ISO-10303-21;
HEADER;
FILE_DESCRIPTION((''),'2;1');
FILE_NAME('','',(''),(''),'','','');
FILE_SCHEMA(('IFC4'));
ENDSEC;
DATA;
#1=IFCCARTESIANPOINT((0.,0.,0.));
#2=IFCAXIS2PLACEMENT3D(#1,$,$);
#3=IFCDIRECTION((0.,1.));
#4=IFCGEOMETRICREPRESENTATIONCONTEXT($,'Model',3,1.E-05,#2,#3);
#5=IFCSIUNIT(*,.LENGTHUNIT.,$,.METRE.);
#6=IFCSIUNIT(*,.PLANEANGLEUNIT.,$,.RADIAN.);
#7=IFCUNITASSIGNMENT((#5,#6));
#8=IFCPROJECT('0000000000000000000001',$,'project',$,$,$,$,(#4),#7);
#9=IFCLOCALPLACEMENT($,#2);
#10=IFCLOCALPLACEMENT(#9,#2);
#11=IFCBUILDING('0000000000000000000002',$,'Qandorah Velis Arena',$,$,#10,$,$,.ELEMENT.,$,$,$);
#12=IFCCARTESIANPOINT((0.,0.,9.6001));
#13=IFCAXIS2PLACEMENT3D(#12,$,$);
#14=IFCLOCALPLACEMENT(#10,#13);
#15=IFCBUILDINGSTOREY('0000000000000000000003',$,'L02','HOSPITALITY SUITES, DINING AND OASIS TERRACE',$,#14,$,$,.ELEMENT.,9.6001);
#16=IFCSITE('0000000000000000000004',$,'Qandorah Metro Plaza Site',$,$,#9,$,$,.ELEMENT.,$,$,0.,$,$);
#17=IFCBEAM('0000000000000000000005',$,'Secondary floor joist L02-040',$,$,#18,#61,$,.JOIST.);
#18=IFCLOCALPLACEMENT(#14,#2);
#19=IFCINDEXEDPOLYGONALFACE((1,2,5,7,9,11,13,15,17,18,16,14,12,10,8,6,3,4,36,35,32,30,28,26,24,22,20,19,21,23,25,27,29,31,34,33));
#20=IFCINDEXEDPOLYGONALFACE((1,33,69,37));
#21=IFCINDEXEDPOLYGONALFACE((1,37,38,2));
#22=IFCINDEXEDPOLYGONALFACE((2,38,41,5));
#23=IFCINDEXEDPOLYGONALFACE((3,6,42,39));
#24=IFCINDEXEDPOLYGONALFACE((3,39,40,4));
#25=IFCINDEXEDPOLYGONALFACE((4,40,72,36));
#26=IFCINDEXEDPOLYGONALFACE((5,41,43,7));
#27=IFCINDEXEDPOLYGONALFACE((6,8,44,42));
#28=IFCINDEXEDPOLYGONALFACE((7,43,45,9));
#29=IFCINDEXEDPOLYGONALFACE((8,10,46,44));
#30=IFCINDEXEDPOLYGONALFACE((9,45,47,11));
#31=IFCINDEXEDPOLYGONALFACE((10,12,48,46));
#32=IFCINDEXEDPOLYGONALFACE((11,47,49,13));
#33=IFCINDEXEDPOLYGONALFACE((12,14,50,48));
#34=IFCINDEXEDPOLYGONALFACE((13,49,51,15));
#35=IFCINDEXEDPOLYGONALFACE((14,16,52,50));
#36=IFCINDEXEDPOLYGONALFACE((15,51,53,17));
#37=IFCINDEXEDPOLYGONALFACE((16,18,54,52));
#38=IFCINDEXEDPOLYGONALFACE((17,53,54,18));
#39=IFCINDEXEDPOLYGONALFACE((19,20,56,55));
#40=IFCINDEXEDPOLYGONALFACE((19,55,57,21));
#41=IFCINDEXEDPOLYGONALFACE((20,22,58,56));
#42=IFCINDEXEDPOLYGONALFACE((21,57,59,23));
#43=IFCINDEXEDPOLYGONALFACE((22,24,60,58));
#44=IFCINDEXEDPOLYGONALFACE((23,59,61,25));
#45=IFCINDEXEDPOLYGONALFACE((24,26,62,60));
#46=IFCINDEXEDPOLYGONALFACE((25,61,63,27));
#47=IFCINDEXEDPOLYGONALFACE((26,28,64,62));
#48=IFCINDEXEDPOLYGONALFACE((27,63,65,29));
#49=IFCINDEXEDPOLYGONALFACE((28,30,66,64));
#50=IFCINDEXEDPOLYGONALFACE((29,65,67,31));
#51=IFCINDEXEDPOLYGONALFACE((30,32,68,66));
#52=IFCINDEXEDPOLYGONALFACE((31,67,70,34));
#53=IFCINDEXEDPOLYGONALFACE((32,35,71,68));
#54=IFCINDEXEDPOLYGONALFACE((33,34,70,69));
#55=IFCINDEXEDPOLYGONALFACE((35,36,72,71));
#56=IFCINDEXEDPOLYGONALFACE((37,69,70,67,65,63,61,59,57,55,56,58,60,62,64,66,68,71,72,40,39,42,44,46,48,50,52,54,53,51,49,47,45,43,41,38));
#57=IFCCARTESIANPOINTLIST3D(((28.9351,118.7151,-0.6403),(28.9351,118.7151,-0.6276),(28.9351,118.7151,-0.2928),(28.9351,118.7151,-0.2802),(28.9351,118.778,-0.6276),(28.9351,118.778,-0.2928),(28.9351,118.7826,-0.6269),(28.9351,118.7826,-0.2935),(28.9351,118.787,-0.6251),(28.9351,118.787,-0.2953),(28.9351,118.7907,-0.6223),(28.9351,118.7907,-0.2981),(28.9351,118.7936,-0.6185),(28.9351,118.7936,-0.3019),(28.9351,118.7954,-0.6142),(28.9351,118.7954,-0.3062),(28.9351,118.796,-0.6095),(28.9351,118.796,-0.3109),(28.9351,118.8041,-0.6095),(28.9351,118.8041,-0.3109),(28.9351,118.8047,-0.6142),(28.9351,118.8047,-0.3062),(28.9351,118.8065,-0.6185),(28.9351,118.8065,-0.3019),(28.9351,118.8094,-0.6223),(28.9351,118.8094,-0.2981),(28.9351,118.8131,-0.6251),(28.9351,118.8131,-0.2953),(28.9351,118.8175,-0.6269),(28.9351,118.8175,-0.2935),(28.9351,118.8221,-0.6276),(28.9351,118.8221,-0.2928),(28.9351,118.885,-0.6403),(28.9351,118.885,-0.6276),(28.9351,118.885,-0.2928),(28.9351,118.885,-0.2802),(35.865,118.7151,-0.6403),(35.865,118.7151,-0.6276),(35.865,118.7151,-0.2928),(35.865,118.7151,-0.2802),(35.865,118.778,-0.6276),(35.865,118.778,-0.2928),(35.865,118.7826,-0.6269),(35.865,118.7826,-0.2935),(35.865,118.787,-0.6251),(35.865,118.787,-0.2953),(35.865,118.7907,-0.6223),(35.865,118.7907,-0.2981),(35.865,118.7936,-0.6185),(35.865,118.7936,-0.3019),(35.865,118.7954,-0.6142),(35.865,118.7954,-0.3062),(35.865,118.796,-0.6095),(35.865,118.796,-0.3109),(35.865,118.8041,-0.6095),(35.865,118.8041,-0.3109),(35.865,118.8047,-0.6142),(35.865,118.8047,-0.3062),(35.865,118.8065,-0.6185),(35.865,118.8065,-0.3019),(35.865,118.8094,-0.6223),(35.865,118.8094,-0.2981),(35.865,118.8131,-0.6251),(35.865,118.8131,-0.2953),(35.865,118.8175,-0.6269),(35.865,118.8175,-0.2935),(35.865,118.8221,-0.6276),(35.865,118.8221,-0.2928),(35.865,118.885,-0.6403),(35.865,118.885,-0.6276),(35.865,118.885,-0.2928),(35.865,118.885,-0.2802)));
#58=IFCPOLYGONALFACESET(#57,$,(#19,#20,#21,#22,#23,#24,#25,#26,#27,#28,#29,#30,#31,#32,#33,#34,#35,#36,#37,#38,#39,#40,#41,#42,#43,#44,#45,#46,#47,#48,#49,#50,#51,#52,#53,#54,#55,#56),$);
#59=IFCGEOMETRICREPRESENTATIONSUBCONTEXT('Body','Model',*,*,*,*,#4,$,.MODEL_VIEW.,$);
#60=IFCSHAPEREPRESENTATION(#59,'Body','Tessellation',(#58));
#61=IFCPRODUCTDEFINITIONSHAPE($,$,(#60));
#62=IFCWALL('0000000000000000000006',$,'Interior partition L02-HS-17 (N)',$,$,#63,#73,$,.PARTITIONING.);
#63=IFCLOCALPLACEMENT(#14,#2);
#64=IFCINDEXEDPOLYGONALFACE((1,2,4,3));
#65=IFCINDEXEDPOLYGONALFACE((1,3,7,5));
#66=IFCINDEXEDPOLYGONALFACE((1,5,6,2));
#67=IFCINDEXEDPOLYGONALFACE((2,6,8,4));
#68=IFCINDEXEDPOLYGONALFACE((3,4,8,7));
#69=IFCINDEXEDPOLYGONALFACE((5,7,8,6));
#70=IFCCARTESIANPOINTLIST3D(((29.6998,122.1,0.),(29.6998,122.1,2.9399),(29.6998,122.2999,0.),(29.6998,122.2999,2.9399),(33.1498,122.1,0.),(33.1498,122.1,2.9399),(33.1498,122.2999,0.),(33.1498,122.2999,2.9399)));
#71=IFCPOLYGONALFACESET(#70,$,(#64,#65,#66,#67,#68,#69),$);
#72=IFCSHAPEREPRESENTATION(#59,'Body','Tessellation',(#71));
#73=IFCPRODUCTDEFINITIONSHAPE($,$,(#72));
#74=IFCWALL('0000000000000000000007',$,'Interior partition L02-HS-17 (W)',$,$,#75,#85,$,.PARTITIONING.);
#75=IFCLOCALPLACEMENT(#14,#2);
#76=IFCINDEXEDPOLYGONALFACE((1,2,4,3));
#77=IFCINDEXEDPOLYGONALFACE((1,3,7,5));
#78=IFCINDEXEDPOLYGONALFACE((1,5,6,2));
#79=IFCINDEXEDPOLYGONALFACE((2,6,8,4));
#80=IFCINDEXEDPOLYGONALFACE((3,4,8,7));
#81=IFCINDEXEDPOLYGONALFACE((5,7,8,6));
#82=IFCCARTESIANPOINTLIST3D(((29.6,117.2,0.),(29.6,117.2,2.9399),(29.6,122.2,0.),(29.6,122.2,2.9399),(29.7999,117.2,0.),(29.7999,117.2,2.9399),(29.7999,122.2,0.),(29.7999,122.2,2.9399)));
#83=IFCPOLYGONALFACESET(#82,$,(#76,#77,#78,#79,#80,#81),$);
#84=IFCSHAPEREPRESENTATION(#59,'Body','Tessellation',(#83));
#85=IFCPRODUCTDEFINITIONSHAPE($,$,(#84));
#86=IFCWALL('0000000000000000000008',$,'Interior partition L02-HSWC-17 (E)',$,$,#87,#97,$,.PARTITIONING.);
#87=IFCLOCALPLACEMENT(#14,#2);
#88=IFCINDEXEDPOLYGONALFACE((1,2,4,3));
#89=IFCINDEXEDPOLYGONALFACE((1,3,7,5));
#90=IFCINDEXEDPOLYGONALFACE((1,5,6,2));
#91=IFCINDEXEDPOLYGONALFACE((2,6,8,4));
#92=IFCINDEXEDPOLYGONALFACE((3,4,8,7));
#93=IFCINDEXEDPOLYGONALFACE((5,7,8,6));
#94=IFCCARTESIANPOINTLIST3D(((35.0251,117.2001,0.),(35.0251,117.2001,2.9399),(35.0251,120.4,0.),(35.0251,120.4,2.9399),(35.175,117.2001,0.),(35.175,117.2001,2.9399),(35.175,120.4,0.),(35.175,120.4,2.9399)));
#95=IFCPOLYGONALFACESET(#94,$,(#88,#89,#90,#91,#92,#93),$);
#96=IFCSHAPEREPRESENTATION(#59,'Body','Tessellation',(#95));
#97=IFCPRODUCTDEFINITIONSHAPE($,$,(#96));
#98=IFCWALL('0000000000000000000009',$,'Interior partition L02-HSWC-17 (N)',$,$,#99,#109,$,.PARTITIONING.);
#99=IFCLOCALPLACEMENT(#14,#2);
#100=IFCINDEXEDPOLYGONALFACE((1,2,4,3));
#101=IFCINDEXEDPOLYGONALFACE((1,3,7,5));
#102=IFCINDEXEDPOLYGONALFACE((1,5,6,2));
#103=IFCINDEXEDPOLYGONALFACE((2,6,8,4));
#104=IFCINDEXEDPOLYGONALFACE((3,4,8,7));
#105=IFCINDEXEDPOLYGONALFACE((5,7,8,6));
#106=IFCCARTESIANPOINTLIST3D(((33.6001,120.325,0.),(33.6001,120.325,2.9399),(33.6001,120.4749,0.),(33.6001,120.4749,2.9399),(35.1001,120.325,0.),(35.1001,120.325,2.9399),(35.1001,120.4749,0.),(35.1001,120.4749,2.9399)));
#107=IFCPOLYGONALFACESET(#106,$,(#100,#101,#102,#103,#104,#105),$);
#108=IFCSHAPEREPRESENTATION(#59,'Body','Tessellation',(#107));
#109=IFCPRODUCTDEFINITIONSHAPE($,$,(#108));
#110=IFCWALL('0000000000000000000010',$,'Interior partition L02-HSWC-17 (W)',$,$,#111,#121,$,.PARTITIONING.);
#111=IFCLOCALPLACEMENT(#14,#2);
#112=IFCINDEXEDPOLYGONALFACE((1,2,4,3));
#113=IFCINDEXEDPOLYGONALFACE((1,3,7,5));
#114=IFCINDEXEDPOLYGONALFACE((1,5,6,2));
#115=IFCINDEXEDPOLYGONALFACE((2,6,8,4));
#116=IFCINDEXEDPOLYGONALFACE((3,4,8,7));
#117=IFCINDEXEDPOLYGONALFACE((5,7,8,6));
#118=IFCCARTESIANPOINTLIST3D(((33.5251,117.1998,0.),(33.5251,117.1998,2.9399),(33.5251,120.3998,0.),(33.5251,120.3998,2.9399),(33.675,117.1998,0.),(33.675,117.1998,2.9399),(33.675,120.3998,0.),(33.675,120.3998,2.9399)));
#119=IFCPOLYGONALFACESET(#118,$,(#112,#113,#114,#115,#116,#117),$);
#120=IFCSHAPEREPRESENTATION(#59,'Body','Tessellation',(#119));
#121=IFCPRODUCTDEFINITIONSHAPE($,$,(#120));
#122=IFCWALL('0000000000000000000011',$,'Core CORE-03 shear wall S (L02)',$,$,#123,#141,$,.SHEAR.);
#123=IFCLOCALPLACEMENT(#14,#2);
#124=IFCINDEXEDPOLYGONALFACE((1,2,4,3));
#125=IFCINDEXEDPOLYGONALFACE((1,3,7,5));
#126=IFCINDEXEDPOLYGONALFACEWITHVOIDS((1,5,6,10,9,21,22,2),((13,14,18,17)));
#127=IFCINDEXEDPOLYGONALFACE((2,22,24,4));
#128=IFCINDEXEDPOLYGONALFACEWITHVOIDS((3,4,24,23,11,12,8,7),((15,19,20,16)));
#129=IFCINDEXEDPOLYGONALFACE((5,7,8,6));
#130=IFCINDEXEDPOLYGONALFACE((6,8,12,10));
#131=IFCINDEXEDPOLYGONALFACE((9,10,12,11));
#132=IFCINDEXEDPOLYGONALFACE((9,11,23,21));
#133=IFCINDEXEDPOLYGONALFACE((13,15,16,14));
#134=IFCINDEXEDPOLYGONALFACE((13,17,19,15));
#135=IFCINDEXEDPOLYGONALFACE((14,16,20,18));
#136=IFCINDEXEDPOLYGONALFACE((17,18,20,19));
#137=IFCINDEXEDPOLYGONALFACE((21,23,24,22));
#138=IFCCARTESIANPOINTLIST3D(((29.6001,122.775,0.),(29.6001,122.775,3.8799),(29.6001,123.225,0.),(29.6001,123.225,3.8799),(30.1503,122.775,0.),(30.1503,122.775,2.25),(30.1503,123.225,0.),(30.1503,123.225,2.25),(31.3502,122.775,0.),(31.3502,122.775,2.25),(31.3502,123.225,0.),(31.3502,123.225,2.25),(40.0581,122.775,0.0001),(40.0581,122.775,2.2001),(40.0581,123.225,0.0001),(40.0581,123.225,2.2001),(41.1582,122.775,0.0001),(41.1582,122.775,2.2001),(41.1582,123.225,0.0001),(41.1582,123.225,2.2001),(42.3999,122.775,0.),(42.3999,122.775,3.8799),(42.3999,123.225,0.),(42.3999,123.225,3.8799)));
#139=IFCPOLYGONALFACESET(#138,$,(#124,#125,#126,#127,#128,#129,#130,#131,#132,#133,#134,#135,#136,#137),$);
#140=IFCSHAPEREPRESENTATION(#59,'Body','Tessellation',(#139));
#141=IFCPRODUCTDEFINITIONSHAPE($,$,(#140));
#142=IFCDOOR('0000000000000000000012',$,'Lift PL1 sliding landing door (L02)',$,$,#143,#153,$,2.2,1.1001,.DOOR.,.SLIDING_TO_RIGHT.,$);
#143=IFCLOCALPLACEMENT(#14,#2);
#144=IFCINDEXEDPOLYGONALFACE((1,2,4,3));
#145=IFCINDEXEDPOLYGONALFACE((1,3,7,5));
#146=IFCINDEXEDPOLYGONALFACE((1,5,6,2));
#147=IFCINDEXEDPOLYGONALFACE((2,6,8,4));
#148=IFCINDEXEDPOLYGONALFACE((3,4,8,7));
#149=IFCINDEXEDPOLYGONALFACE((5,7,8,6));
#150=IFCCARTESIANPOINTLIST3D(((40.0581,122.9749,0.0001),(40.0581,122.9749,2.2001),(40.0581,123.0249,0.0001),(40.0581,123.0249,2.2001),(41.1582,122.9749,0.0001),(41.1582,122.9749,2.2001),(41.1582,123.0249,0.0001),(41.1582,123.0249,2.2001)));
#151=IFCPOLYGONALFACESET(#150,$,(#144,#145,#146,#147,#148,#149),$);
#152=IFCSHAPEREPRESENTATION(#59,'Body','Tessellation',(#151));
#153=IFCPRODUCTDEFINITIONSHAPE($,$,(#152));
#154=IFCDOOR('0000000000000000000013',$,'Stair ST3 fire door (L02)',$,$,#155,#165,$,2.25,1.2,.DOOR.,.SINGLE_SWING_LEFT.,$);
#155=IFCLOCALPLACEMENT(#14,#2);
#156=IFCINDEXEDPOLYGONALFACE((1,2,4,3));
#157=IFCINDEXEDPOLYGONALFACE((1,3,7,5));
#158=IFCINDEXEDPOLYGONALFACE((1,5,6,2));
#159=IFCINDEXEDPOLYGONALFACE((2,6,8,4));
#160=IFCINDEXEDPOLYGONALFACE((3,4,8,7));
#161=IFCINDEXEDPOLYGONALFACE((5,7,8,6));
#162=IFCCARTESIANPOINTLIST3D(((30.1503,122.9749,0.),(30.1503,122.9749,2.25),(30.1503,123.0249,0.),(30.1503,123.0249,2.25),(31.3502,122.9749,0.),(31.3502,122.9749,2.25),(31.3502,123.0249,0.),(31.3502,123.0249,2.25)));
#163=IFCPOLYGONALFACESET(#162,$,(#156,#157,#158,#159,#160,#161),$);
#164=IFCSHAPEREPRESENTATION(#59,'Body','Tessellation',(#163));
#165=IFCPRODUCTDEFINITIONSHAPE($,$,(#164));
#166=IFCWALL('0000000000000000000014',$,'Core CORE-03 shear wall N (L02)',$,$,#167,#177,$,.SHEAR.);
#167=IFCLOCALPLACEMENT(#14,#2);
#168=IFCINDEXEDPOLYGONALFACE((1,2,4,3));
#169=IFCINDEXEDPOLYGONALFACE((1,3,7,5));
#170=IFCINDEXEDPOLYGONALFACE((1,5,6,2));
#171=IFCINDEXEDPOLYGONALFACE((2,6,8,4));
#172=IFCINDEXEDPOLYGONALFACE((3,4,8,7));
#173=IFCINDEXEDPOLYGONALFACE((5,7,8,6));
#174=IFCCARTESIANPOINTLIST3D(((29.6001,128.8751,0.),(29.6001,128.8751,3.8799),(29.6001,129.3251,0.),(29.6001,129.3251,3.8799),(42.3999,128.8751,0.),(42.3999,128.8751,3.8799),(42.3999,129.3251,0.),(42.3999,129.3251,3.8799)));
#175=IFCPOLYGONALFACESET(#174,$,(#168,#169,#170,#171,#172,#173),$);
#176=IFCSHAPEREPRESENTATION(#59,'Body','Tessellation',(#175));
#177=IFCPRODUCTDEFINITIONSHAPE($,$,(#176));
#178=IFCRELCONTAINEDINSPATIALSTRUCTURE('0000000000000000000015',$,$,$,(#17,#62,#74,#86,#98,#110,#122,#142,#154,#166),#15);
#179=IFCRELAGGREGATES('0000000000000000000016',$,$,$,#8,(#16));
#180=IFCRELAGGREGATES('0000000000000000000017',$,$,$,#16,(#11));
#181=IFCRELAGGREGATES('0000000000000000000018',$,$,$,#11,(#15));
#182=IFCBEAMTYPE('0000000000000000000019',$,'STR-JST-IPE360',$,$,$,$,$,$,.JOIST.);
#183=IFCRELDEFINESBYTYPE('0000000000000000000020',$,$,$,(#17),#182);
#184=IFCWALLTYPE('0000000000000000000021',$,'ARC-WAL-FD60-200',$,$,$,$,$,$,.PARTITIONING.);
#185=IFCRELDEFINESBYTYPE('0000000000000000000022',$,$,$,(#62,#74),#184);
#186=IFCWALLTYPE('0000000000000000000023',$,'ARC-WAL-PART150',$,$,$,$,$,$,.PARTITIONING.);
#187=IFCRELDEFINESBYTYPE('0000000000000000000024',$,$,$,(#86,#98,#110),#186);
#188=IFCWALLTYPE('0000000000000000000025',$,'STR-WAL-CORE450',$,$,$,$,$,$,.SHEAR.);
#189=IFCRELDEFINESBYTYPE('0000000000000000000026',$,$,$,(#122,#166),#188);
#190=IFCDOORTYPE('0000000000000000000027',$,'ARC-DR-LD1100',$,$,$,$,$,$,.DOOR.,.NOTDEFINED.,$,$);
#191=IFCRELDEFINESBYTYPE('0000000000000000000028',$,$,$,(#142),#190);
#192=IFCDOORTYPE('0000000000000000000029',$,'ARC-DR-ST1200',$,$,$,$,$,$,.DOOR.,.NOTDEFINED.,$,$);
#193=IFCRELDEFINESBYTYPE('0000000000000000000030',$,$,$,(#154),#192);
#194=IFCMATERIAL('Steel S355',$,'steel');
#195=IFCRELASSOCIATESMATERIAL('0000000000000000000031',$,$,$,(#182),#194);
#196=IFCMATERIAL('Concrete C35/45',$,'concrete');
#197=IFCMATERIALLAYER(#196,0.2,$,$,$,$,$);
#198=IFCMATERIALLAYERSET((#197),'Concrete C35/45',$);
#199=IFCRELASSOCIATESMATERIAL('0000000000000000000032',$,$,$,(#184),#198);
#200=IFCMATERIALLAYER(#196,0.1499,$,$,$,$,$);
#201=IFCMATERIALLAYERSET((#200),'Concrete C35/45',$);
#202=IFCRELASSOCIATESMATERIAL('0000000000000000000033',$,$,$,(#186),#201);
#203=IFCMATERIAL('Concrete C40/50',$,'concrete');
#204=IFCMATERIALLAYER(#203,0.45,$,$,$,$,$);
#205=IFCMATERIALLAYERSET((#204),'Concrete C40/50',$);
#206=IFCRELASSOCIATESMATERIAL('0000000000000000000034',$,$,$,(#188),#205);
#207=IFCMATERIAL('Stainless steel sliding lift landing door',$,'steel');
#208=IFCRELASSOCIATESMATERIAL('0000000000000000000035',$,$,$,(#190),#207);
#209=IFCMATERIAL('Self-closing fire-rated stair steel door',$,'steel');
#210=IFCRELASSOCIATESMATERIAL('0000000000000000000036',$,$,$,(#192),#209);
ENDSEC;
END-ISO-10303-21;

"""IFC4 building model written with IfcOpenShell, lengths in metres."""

from ifc_helpers import new_model, si_unit, direction, frame, frame_2d, origin, origin_2d, place, context, subcontext, project, spatial, rectangle, i_section, extrude, material, layer, layer_set, material_profile, profile_set, type_object, element, fill, save


model = new_model("IFC4")

# Units and contexts
model_context = context("Model", 3, precision=1e-05, world=origin(), true_north=direction((0.0, 1.0)))
body_context = subcontext(model_context, "Body", "Model", "MODEL_VIEW")
ifc_project = project(units=[si_unit("LENGTHUNIT", "METRE"), si_unit("PLANEANGLEUNIT", "RADIAN")], contexts=[model_context])

# Site, building, storey
site_placement = place(None, origin())
site = spatial("IfcSite", under=ifc_project, at=site_placement, Name="Qandorah Metro Plaza Site", CompositionType="ELEMENT", RefElevation=0.0)
building_placement = place(site_placement, origin())
building = spatial("IfcBuilding", under=site, at=building_placement, Name="Qandorah Velis Arena", CompositionType="ELEMENT")
storey_placement = place(building_placement, frame((0.0, 0.0, 9.6001)))
storey = spatial("IfcBuildingStorey", under=building, at=storey_placement, Name="L02", Description="HOSPITALITY SUITES, DINING AND OASIS TERRACE", CompositionType="ELEMENT", Elevation=9.6001)

# Shared definitions
ifc_material_1 = material(Name="Concrete C40/50", Category="concrete")
ifc_material_2 = material(Name="Steel S355", Category="steel")

# Beam
ifc_material_profile_1 = material_profile(ifc_material_2, i_section(OverallWidth=0.1699, OverallDepth=0.3601, WebThickness=0.0081, FlangeThickness=0.0127, FilletRadius=0.0181, at=origin_2d()), Name="IPE 360")
ifc_profile_set_1 = profile_set([ifc_material_profile_1], Name="Steel S355")
beam_type_1 = type_object("IfcBeamType", Name="STR-JST-IPE360", PredefinedType="JOIST", material=ifc_profile_set_1)
beam_1_placement = place(storey_placement, frame((28.9351, 118.8, -0.4602), z_axis=(1.0, 0.0, 0.0), x_axis=(0.0, 1.0, 0.0)))
element("IfcBeam", 1, at=beam_1_placement, inside=storey, type_object=beam_type_1, Name="Secondary floor joist L02-040", PredefinedType="JOIST", context=body_context, shape_type="SweptSolid", body=[
    extrude(i_section(OverallWidth=0.1699, OverallDepth=0.3601, WebThickness=0.0081, FlangeThickness=0.0127, FilletRadius=0.0181, at=origin_2d()), origin(), (0.0, 0.0, 1.0), 6.9299),
])

# Walls
ifc_material_3 = material(Name="Concrete C35/45", Category="concrete")
ifc_layer_1 = layer(ifc_material_3, 0.2)
ifc_layer_set_1 = layer_set([ifc_layer_1], Name="Concrete C35/45")
wall_type_1 = type_object("IfcWallType", Name="ARC-WAL-FD60-200", PredefinedType="PARTITIONING", material=ifc_layer_set_1)
wall_1_placement = place(storey_placement, frame((33.1499, 122.2, 0.0), z_axis=(0.0, 0.0, 1.0), x_axis=(-1.0, 0.0, 0.0)))
element("IfcWall", 2, at=wall_1_placement, inside=storey, type_object=wall_type_1, Name="Interior partition L02-HS-17 (N)", PredefinedType="PARTITIONING", context=body_context, shape_type="SweptSolid", body=[
    extrude(rectangle(XDim=3.45, YDim=0.2, at=frame_2d((1.7251, 0.0))), origin(), (0.0, 0.0, 1.0), 2.9399),
])
wall_2_placement = place(storey_placement, frame((29.7, 122.2, 0.0), z_axis=(0.0, 0.0, 1.0), x_axis=(0.0, -1.0, 0.0)))
element("IfcWall", 3, at=wall_2_placement, inside=storey, type_object=wall_type_1, Name="Interior partition L02-HS-17 (W)", PredefinedType="PARTITIONING", context=body_context, shape_type="SweptSolid", body=[
    extrude(rectangle(XDim=5.0, YDim=0.2, at=frame_2d((2.5, 0.0))), origin(), (0.0, 0.0, 1.0), 2.9399),
])
ifc_layer_2 = layer(ifc_material_3, 0.1499)
ifc_layer_set_2 = layer_set([ifc_layer_2], Name="Concrete C35/45")
wall_type_2 = type_object("IfcWallType", Name="ARC-WAL-PART150", PredefinedType="PARTITIONING", material=ifc_layer_set_2)
wall_3_placement = place(storey_placement, frame((35.1001, 117.2, 0.0), z_axis=(0.0, 0.0, 1.0), x_axis=(0.0, 1.0, 0.0)))
element("IfcWall", 4, at=wall_3_placement, inside=storey, type_object=wall_type_2, Name="Interior partition L02-HSWC-17 (E)", PredefinedType="PARTITIONING", context=body_context, shape_type="SweptSolid", body=[
    extrude(rectangle(XDim=3.2, YDim=0.1499, at=frame_2d((1.6001, 0.0))), origin(), (0.0, 0.0, 1.0), 2.9399),
])
wall_4_placement = place(storey_placement, frame((35.1001, 120.3999, 0.0), z_axis=(0.0, 0.0, 1.0), x_axis=(-1.0, 0.0, 0.0)))
element("IfcWall", 5, at=wall_4_placement, inside=storey, type_object=wall_type_2, Name="Interior partition L02-HSWC-17 (N)", PredefinedType="PARTITIONING", context=body_context, shape_type="SweptSolid", body=[
    extrude(rectangle(XDim=1.5, YDim=0.1499, at=frame_2d((0.75, 0.0))), origin(), (0.0, 0.0, 1.0), 2.9399),
])
wall_5_placement = place(storey_placement, frame((33.6001, 120.3999, 0.0), z_axis=(0.0, 0.0, 1.0), x_axis=(0.0, -1.0, 0.0)))
element("IfcWall", 6, at=wall_5_placement, inside=storey, type_object=wall_type_2, Name="Interior partition L02-HSWC-17 (W)", PredefinedType="PARTITIONING", context=body_context, shape_type="SweptSolid", body=[
    extrude(rectangle(XDim=3.2, YDim=0.1499, at=frame_2d((1.6001, 0.0))), origin(), (0.0, 0.0, 1.0), 2.9399),
])

# Wall, openings, doors
ifc_layer_3 = layer(ifc_material_1, 0.45)
ifc_layer_set_3 = layer_set([ifc_layer_3], Name="Concrete C40/50")
wall_type_3 = type_object("IfcWallType", Name="STR-WAL-CORE450", PredefinedType="SHEAR", material=ifc_layer_set_3)
wall_6_placement = place(storey_placement, frame((29.6001, 123.0, 0.0), z_axis=(0.0, 0.0, 1.0), x_axis=(1.0, 0.0, 0.0)))
wall_6 = element("IfcWall", 7, at=wall_6_placement, inside=storey, type_object=wall_type_3, Name="Core CORE-03 shear wall S (L02)", PredefinedType="SHEAR", context=body_context, shape_type="SweptSolid", body=[
    extrude(rectangle(XDim=12.7998, YDim=0.45, at=frame_2d((6.3999, 0.0))), origin(), (0.0, 0.0, 1.0), 3.8799),
])
opening_1_placement = place(wall_6_placement, frame((0.55, 0.0, 0.0)))
opening_1 = element("IfcOpeningElement", 8, at=opening_1_placement, cuts=wall_6, PredefinedType="OPENING", context=body_context, shape_type="SweptSolid", body=[
    extrude(rectangle(XDim=1.2, YDim=2.25, at=frame_2d((0.6001, 1.125))), frame((0.0, 0.2349, 0.0), z_axis=(0.0, -1.0, 0.0), x_axis=(1.0, 0.0, 0.0)), (0.0, 0.0, 1.0), 0.47),
])
opening_2_placement = place(wall_6_placement, frame((10.458, 0.0, 0.0)))
opening_2 = element("IfcOpeningElement", 9, at=opening_2_placement, cuts=wall_6, PredefinedType="OPENING", context=body_context, shape_type="SweptSolid", body=[
    extrude(rectangle(XDim=1.1001, YDim=2.2, at=frame_2d((0.55, 1.1001))), frame((0.0, 0.2349, 0.0), z_axis=(0.0, -1.0, 0.0), x_axis=(1.0, 0.0, 0.0)), (0.0, 0.0, 1.0), 0.47),
])
ifc_material_4 = material(Name="Stainless steel sliding lift landing door", Category="steel")
door_type_1 = type_object("IfcDoorType", Name="ARC-DR-LD1100", OperationType="NOTDEFINED", PredefinedType="DOOR", material=ifc_material_4)
door_1_placement = place(opening_2_placement, origin())
door_1 = element("IfcDoor", 10, at=door_1_placement, inside=storey, type_object=door_type_1, Name="Lift PL1 sliding landing door (L02)", OperationType="SLIDING_TO_RIGHT", OverallHeight=2.2, OverallWidth=1.1001, PredefinedType="DOOR", context=body_context, shape_type="SweptSolid", body=[
    extrude(rectangle(XDim=1.1001, YDim=2.2, at=frame_2d((0.55, 1.1001))), frame((0.0, 0.0249, 0.0), z_axis=(0.0, -1.0, 0.0), x_axis=(1.0, 0.0, 0.0)), (0.0, 0.0, 1.0), 0.05),
])
fill(opening_2, door_1)
ifc_material_5 = material(Name="Self-closing fire-rated stair steel door", Category="steel")
door_type_2 = type_object("IfcDoorType", Name="ARC-DR-ST1200", OperationType="NOTDEFINED", PredefinedType="DOOR", material=ifc_material_5)
door_2_placement = place(opening_1_placement, origin())
door_2 = element("IfcDoor", 11, at=door_2_placement, inside=storey, type_object=door_type_2, Name="Stair ST3 fire door (L02)", OperationType="SINGLE_SWING_LEFT", OverallHeight=2.25, OverallWidth=1.2, PredefinedType="DOOR", context=body_context, shape_type="SweptSolid", body=[
    extrude(rectangle(XDim=1.2, YDim=2.25, at=frame_2d((0.6001, 1.125))), frame((0.0, 0.0249, 0.0), z_axis=(0.0, -1.0, 0.0), x_axis=(1.0, 0.0, 0.0)), (0.0, 0.0, 1.0), 0.05),
])
fill(opening_1, door_2)

# Wall
wall_7_placement = place(storey_placement, frame((29.6001, 129.1001, 0.0), z_axis=(0.0, 0.0, 1.0), x_axis=(1.0, 0.0, 0.0)))
element("IfcWall", 12, at=wall_7_placement, inside=storey, type_object=wall_type_3, Name="Core CORE-03 shear wall N (L02)", PredefinedType="SHEAR", context=body_context, shape_type="SweptSolid", body=[
    extrude(rectangle(XDim=12.7998, YDim=0.45, at=frame_2d((6.3999, 0.0))), origin(), (0.0, 0.0, 1.0), 3.8799),
])

save(model, "model.ifc")
